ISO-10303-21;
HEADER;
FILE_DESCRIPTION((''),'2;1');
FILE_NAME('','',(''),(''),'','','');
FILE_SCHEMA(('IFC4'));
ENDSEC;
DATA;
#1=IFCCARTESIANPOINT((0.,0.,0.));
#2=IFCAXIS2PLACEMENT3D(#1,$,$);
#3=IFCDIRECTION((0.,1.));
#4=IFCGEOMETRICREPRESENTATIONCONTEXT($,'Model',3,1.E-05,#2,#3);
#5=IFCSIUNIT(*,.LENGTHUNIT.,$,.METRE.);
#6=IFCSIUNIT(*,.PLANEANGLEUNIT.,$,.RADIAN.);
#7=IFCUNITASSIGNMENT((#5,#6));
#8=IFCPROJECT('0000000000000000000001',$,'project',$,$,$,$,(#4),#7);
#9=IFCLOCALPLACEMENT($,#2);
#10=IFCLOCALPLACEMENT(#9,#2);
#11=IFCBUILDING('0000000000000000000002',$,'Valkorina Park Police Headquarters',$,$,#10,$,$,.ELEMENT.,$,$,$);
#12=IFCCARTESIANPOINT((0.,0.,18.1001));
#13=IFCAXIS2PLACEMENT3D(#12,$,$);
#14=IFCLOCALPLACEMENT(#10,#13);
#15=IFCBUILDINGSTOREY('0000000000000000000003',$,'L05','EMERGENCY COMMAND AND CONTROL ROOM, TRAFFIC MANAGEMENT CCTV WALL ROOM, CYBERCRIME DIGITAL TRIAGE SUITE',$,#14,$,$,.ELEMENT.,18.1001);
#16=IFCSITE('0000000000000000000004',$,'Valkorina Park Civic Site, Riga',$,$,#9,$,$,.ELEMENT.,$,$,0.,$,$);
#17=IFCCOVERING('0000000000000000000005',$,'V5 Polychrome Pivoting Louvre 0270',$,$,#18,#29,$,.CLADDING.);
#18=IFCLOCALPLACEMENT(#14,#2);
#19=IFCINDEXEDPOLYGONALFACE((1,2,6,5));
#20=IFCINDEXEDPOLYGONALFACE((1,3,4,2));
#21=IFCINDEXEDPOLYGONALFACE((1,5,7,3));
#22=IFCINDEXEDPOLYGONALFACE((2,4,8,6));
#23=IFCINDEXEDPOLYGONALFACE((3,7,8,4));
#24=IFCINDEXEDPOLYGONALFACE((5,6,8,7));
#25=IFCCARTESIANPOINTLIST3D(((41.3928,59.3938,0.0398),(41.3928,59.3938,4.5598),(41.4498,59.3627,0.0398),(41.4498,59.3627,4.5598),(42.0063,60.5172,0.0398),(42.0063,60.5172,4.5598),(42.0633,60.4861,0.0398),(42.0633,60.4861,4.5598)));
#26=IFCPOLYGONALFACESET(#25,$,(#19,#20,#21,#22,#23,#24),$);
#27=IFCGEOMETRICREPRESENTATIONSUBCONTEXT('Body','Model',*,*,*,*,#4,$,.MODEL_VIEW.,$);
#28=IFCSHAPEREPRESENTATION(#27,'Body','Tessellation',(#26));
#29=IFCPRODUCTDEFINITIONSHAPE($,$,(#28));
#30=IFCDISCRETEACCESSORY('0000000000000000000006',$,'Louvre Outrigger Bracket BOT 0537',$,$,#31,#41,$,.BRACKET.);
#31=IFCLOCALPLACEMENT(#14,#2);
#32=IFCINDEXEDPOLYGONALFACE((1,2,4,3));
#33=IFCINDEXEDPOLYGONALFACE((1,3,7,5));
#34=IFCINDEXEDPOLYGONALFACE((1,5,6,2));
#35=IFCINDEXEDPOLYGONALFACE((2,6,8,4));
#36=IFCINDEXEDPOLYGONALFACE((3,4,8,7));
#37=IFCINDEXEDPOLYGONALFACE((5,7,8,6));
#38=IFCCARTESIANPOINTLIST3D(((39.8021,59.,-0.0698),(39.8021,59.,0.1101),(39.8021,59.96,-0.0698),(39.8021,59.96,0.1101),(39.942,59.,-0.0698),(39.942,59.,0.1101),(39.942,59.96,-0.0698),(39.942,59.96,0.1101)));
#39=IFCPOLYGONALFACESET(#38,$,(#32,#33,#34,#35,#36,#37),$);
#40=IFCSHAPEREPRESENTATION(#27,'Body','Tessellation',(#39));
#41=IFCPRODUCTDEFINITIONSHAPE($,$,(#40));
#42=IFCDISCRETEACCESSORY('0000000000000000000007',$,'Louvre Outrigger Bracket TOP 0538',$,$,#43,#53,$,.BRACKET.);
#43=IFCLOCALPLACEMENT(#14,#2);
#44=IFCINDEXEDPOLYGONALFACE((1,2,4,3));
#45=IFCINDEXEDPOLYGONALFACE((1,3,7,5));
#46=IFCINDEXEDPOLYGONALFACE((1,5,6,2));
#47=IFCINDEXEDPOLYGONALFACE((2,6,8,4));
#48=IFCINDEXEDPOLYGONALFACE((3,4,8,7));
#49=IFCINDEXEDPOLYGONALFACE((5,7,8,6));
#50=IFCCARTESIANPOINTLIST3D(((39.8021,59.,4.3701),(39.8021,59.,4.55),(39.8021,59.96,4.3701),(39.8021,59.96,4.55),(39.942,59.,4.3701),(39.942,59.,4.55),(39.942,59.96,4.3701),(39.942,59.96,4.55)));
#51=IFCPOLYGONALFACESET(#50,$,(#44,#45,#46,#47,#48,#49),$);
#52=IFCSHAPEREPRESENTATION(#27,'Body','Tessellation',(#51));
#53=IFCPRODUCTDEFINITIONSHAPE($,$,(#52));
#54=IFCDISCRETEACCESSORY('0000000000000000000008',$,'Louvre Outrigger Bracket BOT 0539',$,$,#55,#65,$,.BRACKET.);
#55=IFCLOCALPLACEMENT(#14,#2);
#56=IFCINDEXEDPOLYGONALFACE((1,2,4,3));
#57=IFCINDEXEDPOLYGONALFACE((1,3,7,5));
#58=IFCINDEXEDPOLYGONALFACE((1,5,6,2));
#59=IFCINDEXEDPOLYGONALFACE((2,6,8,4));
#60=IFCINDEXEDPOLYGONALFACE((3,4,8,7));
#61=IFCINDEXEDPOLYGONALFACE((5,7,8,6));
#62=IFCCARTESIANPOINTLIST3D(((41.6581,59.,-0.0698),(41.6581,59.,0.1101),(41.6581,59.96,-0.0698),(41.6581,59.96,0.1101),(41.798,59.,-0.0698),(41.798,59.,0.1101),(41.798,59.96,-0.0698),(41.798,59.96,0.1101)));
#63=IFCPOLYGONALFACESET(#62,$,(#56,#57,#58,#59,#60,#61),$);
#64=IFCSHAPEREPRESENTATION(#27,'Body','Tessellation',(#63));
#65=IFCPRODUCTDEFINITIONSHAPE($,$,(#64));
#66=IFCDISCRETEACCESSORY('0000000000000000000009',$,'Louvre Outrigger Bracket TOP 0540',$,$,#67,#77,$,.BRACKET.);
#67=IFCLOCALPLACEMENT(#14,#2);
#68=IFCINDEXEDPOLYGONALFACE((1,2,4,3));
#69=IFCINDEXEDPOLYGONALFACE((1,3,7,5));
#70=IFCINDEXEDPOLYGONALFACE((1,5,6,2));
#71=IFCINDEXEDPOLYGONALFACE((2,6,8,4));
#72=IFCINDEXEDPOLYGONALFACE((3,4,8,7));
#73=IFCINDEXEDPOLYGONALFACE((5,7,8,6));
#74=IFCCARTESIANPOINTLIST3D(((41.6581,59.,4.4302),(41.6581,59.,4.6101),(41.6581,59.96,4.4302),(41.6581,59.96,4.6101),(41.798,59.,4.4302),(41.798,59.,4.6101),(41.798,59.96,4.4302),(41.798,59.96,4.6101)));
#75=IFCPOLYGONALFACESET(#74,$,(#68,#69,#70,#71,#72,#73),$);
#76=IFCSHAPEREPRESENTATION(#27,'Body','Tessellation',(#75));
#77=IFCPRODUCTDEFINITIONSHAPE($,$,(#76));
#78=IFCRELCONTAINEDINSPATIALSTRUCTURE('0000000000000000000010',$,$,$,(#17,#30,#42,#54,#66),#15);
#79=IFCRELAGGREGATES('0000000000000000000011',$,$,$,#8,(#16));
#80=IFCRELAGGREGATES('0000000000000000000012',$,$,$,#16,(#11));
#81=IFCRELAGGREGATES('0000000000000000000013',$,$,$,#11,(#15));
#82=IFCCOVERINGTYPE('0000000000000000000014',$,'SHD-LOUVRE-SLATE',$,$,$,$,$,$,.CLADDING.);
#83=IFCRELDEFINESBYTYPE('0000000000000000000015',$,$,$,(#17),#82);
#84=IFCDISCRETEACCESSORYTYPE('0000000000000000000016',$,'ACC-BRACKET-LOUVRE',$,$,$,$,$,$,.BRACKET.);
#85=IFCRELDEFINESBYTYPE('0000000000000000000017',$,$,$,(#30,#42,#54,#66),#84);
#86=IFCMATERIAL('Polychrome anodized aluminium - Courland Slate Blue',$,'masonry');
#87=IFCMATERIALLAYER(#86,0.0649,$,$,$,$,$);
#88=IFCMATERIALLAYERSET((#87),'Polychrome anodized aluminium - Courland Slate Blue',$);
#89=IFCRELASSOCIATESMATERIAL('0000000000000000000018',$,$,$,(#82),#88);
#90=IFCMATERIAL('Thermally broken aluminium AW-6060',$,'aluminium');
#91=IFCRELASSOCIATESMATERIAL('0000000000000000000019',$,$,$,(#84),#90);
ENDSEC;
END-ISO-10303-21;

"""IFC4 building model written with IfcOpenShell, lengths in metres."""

from ifc_helpers import new_model, si_unit, direction, frame, origin, origin_2d, place, context, subcontext, project, spatial, rectangle, extrude, material, layer, layer_set, type_object, element, save


model = new_model("IFC4")

# Units and contexts
model_context = context("Model", 3, precision=1e-05, world=origin(), true_north=direction((0.0, 1.0)))
body_context = subcontext(model_context, "Body", "Model", "MODEL_VIEW")
ifc_project = project(units=[si_unit("LENGTHUNIT", "METRE"), si_unit("PLANEANGLEUNIT", "RADIAN")], contexts=[model_context])

# Site, building, storey
site_placement = place(None, origin())
site = spatial("IfcSite", under=ifc_project, at=site_placement, Name="Valkorina Park Civic Site, Riga", CompositionType="ELEMENT", RefElevation=0.0)
building_placement = place(site_placement, origin())
building = spatial("IfcBuilding", under=site, at=building_placement, Name="Valkorina Park Police Headquarters", CompositionType="ELEMENT")
storey_placement = place(building_placement, frame((0.0, 0.0, 18.1001)))
storey = spatial("IfcBuildingStorey", under=building, at=storey_placement, Name="L05", Description="EMERGENCY COMMAND AND CONTROL ROOM, TRAFFIC MANAGEMENT CCTV WALL ROOM, CYBERCRIME DIGITAL TRIAGE SUITE", CompositionType="ELEMENT", Elevation=18.1001)

# Shared definitions
ifc_material_1 = material(Name="Thermally broken aluminium AW-6060", Category="aluminium")

# Covering
ifc_material_2 = material(Name="Polychrome anodized aluminium - Courland Slate Blue", Category="masonry")
ifc_layer_1 = layer(ifc_material_2, 0.0649)
ifc_layer_set_1 = layer_set([ifc_layer_1], Name="Polychrome anodized aluminium - Courland Slate Blue")
covering_type_1 = type_object("IfcCoveringType", Name="SHD-LOUVRE-SLATE", PredefinedType="CLADDING", material=ifc_layer_set_1)
covering_1_placement = place(storey_placement, frame((41.728, 59.9399, 0.0398), z_axis=(0.0, 0.0, 1.0), x_axis=(0.479305, 0.877649, 0.0)))
element("IfcCovering", 1, at=covering_1_placement, inside=storey, type_object=covering_type_1, Name="V5 Polychrome Pivoting Louvre 0270", PredefinedType="CLADDING", context=body_context, shape_type="SweptSolid", body=[
    extrude(rectangle(XDim=1.28, YDim=0.0649, at=origin_2d()), origin(), (0.0, 0.0, 1.0), 4.52),
])

# Discrete accessories
discrete_accessory_type = type_object("IfcDiscreteAccessoryType", Name="ACC-BRACKET-LOUVRE", PredefinedType="BRACKET", material=ifc_material_1)
for number, where, z_axis, x_axis, name in (
    (2, (39.8721, 59.48, -0.0698), (0.0, 0.0, 1.0), (0.0, 1.0, 0.0), "Louvre Outrigger Bracket BOT 0537"),
    (3, (39.8721, 59.48, 4.3701), (0.0, 0.0, 1.0), (0.0, 1.0, 0.0), "Louvre Outrigger Bracket TOP 0538"),
    (4, (41.728, 59.48, -0.0698), (0.0, 0.0, 1.0), (0.0, 1.0, 0.0), "Louvre Outrigger Bracket BOT 0539"),
    (5, (41.728, 59.48, 4.4302), (0.0, 0.0, 1.0), (0.0, 1.0, 0.0), "Louvre Outrigger Bracket TOP 0540"),
):
    element("IfcDiscreteAccessory", number, at=place(storey_placement, frame(where, z_axis=z_axis, x_axis=x_axis)), inside=storey, type_object=discrete_accessory_type, Name=name, PredefinedType="BRACKET", context=body_context, shape_type="SweptSolid", body=[
        extrude(rectangle(XDim=0.96, YDim=0.1399, at=origin_2d()), origin(), (0.0, 0.0, 1.0), 0.1799),
    ])

save(model, "model.ifc")
